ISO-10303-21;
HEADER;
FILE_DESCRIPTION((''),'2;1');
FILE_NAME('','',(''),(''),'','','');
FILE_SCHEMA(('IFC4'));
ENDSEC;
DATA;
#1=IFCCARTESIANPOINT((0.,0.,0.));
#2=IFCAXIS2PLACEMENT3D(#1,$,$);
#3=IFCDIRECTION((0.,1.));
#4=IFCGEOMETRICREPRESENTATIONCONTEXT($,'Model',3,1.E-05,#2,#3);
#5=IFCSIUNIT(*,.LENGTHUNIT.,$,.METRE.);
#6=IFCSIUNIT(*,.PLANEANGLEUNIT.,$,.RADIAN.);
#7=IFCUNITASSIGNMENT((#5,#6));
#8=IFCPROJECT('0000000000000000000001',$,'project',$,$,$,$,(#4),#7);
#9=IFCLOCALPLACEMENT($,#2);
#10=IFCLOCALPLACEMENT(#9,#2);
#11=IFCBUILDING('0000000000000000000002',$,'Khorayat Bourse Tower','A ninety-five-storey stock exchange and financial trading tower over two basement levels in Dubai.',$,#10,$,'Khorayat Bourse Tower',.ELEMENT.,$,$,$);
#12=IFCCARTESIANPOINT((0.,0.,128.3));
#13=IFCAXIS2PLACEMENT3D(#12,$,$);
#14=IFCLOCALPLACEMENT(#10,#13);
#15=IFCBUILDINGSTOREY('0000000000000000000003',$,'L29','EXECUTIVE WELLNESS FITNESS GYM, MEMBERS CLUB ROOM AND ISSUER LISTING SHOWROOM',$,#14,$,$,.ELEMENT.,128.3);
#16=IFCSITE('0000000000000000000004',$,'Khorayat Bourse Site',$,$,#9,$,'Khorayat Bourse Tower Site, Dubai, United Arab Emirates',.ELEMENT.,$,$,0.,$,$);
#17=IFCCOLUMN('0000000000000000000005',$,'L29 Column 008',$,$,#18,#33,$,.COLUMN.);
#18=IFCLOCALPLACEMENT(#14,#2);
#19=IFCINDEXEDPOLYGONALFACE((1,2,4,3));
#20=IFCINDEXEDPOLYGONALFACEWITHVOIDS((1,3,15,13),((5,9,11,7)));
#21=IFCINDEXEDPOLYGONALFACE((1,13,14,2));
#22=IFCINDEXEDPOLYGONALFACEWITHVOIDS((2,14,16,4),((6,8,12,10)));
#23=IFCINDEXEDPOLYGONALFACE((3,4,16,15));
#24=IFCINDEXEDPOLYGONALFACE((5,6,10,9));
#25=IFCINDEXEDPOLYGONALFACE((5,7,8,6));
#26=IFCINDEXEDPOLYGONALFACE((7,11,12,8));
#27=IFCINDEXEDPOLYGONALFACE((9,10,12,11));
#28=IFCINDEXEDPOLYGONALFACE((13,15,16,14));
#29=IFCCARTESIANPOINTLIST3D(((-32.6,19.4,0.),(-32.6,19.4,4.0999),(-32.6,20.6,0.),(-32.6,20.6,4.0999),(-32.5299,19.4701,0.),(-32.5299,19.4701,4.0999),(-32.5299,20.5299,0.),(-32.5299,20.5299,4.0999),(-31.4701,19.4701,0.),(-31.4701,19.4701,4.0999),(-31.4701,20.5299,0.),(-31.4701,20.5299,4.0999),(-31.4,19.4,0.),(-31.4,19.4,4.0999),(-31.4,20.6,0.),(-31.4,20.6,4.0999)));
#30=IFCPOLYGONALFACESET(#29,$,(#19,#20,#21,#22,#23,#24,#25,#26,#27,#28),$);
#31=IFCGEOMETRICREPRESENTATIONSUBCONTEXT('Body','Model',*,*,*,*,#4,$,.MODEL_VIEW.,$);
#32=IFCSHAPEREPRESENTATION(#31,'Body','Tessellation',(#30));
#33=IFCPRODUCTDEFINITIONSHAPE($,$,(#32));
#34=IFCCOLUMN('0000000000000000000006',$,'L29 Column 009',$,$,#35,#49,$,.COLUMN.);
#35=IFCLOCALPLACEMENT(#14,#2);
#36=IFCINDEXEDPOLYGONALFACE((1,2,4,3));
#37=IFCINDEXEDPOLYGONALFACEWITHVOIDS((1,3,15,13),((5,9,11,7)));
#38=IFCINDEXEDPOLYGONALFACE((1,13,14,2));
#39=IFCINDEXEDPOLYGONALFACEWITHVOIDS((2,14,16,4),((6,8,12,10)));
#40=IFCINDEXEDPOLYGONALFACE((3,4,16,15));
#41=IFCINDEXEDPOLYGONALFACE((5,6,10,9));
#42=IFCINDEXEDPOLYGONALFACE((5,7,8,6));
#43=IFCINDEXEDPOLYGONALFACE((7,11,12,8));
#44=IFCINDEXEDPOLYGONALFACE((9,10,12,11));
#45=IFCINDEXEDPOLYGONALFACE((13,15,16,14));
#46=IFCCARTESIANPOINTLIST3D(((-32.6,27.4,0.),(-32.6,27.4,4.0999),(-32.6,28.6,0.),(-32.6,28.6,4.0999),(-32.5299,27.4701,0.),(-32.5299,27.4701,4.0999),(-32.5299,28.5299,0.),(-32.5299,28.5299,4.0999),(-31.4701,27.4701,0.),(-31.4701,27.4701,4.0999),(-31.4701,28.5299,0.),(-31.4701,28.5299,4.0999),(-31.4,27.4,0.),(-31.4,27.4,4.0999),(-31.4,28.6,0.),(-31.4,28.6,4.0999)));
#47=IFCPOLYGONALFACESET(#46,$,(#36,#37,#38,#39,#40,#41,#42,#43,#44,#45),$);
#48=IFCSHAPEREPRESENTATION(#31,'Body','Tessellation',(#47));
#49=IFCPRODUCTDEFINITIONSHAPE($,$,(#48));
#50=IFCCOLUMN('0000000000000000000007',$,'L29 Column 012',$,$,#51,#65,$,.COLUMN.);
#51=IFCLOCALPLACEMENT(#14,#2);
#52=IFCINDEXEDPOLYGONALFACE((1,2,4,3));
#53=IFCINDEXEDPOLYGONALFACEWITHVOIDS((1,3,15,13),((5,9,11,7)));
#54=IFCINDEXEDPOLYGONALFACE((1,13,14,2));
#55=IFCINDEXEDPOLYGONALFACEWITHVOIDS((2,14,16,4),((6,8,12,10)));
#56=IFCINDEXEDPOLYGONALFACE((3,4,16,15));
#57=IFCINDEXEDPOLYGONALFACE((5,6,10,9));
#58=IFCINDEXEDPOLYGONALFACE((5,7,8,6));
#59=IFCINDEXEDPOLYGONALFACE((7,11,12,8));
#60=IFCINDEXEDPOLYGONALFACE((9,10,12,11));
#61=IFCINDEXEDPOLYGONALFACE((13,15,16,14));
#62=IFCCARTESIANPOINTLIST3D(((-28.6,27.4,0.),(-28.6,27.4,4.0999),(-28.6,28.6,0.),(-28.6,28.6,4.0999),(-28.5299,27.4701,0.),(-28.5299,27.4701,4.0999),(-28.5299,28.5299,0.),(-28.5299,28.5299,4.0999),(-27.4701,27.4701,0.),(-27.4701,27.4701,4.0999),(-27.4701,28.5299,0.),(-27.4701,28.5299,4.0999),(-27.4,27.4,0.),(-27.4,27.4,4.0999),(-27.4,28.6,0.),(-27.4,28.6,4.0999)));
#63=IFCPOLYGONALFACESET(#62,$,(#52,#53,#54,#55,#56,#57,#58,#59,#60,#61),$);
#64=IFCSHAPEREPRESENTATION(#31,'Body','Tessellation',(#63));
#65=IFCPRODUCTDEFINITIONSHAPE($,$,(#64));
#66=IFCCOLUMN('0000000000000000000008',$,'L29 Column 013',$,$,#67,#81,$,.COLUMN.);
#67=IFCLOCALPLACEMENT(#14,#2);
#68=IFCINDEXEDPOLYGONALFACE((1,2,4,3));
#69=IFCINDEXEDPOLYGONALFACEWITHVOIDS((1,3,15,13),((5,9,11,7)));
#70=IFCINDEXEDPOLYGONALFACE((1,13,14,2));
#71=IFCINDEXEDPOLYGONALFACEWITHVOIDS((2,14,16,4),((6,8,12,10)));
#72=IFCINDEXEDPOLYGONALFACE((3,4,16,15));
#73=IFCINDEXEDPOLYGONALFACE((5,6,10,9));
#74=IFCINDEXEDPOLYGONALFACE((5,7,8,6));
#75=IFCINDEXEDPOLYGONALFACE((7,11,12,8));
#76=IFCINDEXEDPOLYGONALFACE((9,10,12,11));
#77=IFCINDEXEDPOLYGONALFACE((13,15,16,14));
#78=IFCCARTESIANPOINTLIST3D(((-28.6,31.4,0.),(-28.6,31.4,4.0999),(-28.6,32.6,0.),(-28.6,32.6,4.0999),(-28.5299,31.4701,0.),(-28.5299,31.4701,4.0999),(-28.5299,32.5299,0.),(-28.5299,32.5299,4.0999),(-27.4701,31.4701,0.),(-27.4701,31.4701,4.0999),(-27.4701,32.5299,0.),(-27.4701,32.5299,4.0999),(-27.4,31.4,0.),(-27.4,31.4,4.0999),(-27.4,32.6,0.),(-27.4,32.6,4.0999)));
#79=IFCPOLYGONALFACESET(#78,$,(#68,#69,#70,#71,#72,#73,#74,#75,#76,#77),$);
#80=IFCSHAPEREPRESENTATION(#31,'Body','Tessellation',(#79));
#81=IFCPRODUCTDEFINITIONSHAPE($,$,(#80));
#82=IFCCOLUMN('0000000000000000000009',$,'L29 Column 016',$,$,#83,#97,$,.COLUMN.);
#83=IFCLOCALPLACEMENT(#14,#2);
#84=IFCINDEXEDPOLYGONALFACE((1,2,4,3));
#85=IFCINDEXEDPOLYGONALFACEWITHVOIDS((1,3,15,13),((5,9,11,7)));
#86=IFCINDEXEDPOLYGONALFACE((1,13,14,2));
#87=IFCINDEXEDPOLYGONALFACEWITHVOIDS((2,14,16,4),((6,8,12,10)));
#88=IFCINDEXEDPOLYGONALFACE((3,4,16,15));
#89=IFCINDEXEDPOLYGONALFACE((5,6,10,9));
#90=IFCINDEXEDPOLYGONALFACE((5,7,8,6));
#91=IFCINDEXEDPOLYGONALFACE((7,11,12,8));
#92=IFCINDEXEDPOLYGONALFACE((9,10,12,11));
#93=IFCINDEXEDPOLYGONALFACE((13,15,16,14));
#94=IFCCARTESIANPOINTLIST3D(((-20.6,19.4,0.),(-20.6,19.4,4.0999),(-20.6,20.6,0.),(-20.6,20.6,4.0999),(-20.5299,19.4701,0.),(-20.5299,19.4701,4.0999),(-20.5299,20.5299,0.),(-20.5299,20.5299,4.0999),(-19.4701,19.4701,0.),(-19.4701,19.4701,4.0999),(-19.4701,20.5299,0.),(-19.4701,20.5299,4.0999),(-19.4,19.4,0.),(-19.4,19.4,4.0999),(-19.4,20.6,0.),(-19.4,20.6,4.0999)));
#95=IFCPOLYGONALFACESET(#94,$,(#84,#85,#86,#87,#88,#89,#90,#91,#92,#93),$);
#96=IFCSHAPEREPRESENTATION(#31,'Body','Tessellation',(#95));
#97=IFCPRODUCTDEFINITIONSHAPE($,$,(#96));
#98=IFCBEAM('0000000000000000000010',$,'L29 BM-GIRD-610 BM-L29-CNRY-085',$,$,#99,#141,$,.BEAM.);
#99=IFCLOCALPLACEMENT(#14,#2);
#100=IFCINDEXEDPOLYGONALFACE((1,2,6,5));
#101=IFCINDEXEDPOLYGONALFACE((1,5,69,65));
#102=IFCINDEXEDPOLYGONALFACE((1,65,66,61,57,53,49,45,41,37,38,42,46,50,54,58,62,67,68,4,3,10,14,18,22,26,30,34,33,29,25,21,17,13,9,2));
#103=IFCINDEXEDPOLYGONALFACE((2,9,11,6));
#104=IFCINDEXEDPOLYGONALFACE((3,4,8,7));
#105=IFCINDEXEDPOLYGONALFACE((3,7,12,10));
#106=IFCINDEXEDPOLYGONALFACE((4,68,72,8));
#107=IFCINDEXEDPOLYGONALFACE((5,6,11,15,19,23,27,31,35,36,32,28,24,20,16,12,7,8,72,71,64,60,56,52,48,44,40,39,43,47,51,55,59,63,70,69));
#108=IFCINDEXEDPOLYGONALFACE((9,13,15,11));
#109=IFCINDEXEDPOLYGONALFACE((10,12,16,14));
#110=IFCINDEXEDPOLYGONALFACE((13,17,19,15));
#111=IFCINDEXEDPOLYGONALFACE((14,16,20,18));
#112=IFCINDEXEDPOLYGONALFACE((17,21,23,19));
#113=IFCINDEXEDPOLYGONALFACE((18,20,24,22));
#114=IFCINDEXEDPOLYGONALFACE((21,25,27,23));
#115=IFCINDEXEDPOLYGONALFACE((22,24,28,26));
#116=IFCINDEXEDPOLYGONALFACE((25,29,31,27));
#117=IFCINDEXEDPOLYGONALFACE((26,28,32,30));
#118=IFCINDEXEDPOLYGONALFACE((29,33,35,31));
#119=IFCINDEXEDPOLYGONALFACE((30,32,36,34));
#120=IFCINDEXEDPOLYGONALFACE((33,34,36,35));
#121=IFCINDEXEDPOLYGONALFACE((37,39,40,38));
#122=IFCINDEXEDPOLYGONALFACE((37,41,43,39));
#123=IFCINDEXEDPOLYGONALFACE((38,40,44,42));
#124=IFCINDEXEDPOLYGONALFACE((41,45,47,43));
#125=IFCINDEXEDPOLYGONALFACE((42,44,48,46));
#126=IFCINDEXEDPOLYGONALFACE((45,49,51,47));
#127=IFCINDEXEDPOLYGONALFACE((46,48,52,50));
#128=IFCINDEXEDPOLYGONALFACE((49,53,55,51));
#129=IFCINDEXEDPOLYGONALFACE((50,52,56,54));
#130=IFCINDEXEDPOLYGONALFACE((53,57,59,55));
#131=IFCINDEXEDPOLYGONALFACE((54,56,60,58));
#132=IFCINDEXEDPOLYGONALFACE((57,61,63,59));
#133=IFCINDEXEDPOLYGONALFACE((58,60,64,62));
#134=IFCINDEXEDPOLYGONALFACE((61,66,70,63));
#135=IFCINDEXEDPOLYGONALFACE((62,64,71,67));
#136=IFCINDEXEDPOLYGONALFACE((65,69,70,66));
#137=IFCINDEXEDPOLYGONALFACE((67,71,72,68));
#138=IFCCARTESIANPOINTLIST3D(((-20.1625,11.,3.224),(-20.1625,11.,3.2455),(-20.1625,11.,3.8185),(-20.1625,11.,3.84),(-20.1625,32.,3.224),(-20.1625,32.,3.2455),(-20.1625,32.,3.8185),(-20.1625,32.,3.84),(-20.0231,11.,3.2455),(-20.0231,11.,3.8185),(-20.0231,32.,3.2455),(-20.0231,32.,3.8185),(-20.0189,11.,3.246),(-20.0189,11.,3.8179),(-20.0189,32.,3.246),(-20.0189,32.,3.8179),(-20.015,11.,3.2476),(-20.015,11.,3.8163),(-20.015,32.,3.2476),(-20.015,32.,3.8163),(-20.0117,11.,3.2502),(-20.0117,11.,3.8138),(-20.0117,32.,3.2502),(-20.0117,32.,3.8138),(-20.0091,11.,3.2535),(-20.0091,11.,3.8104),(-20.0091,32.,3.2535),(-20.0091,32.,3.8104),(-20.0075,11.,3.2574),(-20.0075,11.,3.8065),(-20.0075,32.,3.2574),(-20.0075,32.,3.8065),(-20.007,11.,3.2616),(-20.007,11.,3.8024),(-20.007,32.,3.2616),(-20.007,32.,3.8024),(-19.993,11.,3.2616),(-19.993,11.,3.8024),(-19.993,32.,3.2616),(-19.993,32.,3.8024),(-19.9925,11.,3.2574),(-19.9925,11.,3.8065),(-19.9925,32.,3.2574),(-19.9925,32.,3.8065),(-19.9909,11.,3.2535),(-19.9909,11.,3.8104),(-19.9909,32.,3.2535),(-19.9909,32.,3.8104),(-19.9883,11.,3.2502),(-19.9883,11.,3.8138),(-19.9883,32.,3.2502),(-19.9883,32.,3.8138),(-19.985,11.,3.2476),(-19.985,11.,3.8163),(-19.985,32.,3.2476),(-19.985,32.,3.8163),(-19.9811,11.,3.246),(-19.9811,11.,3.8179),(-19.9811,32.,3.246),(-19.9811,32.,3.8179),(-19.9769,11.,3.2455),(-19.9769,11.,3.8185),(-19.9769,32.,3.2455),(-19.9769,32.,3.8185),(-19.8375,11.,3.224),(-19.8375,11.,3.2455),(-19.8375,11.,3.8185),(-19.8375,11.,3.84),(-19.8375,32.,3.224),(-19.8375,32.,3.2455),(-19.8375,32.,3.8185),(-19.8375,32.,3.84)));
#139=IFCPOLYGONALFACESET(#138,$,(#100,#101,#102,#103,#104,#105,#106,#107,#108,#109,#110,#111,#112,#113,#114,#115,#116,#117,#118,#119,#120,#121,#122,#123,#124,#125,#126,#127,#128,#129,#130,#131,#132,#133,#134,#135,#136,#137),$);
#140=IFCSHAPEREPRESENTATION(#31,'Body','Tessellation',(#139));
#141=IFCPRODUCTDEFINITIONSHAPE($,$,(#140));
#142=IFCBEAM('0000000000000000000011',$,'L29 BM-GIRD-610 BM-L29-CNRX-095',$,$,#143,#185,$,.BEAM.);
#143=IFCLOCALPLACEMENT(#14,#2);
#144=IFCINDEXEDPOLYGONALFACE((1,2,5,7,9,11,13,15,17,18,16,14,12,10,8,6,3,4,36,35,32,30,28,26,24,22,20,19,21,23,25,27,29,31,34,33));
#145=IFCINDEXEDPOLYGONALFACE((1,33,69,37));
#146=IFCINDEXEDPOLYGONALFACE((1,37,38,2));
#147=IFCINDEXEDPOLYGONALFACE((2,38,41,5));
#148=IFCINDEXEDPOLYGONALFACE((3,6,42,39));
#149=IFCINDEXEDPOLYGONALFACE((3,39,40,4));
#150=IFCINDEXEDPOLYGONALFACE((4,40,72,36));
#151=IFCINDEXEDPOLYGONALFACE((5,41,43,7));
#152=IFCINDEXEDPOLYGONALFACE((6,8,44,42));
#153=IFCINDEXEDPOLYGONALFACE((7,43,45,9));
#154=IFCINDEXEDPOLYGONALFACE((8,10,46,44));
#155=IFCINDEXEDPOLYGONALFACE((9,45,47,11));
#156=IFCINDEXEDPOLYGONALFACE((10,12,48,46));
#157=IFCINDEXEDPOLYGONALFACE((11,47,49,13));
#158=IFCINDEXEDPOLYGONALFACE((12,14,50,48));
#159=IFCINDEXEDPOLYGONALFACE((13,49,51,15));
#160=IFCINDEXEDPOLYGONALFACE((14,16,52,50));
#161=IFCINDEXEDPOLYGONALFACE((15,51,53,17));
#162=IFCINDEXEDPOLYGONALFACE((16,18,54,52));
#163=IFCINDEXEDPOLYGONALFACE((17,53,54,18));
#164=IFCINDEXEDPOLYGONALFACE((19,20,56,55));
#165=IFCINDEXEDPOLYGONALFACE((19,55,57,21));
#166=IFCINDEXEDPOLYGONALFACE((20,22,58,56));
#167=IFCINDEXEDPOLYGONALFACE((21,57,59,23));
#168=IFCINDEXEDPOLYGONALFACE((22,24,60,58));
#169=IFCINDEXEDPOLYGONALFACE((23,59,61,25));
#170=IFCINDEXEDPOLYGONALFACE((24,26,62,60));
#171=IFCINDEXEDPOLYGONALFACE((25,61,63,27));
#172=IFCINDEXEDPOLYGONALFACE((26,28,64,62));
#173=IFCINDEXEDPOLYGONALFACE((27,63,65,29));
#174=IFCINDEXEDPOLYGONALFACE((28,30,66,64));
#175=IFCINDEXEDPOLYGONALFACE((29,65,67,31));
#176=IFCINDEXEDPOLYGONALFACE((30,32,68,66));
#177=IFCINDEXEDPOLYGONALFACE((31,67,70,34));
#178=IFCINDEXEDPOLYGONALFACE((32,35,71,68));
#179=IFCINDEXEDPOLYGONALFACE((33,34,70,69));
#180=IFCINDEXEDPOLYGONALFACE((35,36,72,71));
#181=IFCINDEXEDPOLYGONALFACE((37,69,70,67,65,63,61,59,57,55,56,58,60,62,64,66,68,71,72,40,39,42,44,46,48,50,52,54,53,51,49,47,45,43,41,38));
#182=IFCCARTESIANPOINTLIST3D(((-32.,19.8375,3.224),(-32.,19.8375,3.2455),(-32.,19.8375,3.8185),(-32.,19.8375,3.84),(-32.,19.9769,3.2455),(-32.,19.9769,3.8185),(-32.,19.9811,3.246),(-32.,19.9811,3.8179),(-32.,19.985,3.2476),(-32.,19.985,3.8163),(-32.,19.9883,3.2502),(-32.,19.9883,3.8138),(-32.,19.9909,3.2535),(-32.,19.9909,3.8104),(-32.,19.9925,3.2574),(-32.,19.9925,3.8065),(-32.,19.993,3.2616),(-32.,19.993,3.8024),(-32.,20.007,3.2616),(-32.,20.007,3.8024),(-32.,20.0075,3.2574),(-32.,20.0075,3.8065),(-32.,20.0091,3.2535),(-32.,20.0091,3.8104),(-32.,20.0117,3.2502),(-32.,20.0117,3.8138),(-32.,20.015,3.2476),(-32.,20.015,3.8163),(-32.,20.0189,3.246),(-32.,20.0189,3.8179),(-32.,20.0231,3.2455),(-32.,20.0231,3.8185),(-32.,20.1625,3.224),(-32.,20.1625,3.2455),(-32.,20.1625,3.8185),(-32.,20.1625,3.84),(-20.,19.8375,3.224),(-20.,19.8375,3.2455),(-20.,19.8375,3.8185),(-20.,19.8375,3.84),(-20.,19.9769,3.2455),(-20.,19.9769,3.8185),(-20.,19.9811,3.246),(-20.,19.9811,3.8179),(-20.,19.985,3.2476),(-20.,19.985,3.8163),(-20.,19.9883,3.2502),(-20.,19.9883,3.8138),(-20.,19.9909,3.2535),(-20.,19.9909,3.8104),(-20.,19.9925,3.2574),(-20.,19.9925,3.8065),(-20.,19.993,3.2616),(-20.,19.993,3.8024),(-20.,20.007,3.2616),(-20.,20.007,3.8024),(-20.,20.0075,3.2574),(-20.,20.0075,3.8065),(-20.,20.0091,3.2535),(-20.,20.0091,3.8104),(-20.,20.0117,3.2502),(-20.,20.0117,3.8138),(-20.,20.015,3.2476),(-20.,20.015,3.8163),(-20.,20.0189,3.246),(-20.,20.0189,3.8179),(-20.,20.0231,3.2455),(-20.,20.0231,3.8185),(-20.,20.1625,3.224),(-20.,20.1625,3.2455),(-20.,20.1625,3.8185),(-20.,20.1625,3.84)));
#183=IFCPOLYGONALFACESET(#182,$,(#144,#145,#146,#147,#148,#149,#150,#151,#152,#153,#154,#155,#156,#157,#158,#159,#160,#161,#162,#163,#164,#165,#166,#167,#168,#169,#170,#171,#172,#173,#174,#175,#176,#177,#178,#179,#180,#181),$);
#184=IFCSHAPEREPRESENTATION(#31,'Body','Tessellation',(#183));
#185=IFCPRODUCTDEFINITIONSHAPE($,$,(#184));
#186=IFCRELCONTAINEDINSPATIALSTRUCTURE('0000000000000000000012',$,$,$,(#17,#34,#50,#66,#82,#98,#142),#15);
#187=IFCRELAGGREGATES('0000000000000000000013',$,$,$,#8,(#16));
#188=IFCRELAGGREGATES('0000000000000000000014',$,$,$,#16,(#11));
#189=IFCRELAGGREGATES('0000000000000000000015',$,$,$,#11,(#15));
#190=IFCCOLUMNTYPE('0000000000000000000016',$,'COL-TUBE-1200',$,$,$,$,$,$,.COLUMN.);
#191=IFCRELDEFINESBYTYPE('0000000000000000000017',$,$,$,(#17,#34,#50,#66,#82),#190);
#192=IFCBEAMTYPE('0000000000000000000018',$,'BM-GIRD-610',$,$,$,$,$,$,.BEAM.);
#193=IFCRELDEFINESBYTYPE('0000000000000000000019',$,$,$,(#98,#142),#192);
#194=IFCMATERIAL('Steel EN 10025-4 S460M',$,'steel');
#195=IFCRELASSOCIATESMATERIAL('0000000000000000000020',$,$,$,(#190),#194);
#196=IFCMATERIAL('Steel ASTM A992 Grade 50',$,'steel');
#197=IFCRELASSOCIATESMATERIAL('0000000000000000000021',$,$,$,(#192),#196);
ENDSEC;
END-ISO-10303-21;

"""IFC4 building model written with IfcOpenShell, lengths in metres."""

from ifc_helpers import new_model, si_unit, direction, frame, origin, origin_2d, place, context, subcontext, project, spatial, hollow_rectangle, i_section, extrude, source, transform, mapped, material, material_profile, profile_set, type_object, element, save


model = new_model("IFC4")

# Units and contexts
model_context = context("Model", 3, precision=1e-05, world=origin(), true_north=direction((0.0, 1.0)))
body_context = subcontext(model_context, "Body", "Model", "MODEL_VIEW")
ifc_project = project(units=[si_unit("LENGTHUNIT", "METRE"), si_unit("PLANEANGLEUNIT", "RADIAN")], contexts=[model_context])

# Site, building, storey
site_placement = place(None, origin())
site = spatial("IfcSite", under=ifc_project, at=site_placement, Name="Khorayat Bourse Site", LongName="Khorayat Bourse Tower Site, Dubai, United Arab Emirates", CompositionType="ELEMENT", RefElevation=0.0)
building_placement = place(site_placement, origin())
building = spatial("IfcBuilding", under=site, at=building_placement, Name="Khorayat Bourse Tower", Description="A ninety-five-storey stock exchange and financial trading tower over two basement levels in Dubai.", LongName="Khorayat Bourse Tower", CompositionType="ELEMENT")
storey_placement = place(building_placement, frame((0.0, 0.0, 128.3)))
storey = spatial("IfcBuildingStorey", under=building, at=storey_placement, Name="L29", Description="EXECUTIVE WELLNESS FITNESS GYM, MEMBERS CLUB ROOM AND ISSUER LISTING SHOWROOM", CompositionType="ELEMENT", Elevation=128.3)

# Columns
ifc_material_1 = material(Name="Steel EN 10025-4 S460M", Category="steel")
ifc_material_profile_1 = material_profile(ifc_material_1, hollow_rectangle(XDim=1.2, YDim=1.2, WallThickness=0.0701, at=origin_2d()), Name="BOX 1200x1200x70")
ifc_profile_set_1 = profile_set([ifc_material_profile_1], Name="Steel EN 10025-4 S460M")
column_type = type_object("IfcColumnType", Name="COL-TUBE-1200", PredefinedType="COLUMN", material=ifc_profile_set_1)
shared_shape_1 = source(origin(), body_context, "Body", "SweptSolid", [
    extrude(hollow_rectangle(XDim=1.2, YDim=1.2, WallThickness=0.0701, at=origin_2d()), origin(), (0.0, 0.0, 1.0), 4.0999),
])
for number, where, z_axis, x_axis, name in (
    (1, (-32.0, 20.0, 0.0), (0.0, 0.0, 1.0), (1.0, 0.0, 0.0), "L29 Column 008"),
    (2, (-32.0, 28.0, 0.0), (0.0, 0.0, 1.0), (1.0, 0.0, 0.0), "L29 Column 009"),
    (3, (-28.0, 28.0, 0.0), (0.0, 0.0, 1.0), (1.0, 0.0, 0.0), "L29 Column 012"),
    (4, (-28.0, 32.0, 0.0), (0.0, 0.0, 1.0), (1.0, 0.0, 0.0), "L29 Column 013"),
    (5, (-20.0, 20.0, 0.0), (0.0, 0.0, 1.0), (1.0, 0.0, 0.0), "L29 Column 016"),
):
    element("IfcColumn", number, at=place(storey_placement, frame(where, z_axis=z_axis, x_axis=x_axis)), inside=storey, type_object=column_type, Name=name, PredefinedType="COLUMN", context=body_context, shape_type="MappedRepresentation", body=[
        mapped(shared_shape_1, transform((0.0, 0.0, 0.0), scale=1.0)),
    ])

# Beams
ifc_material_2 = material(Name="Steel ASTM A992 Grade 50", Category="steel")
ifc_material_profile_2 = material_profile(ifc_material_2, i_section(OverallWidth=0.325, OverallDepth=0.616, WebThickness=0.0139, FlangeThickness=0.0215, FilletRadius=0.0161, at=origin_2d()), Name="W610X174")
ifc_profile_set_2 = profile_set([ifc_material_profile_2], Name="Steel ASTM A992 Grade 50")
beam_type_1 = type_object("IfcBeamType", Name="BM-GIRD-610", PredefinedType="BEAM", material=ifc_profile_set_2)
shared_shape_2 = source(origin(), body_context, "Body", "SweptSolid", [
    extrude(i_section(OverallWidth=0.325, OverallDepth=0.616, WebThickness=0.0139, FlangeThickness=0.0215, FilletRadius=0.0161, at=origin_2d()), origin(), (0.0, 0.0, 1.0), 21.0),
])
beam_1_placement = place(storey_placement, frame((-20.0, 11.0, 3.532), z_axis=(0.0, 1.0, 0.0), x_axis=(-1.0, 0.0, 0.0)))
element("IfcBeam", 6, at=beam_1_placement, inside=storey, type_object=beam_type_1, Name="L29 BM-GIRD-610 BM-L29-CNRY-085", PredefinedType="BEAM", context=body_context, shape_type="MappedRepresentation", body=[
    mapped(shared_shape_2, transform((0.0, 0.0, 0.0), scale=1.0)),
])
shared_shape_3 = source(origin(), body_context, "Body", "SweptSolid", [
    extrude(i_section(OverallWidth=0.325, OverallDepth=0.616, WebThickness=0.0139, FlangeThickness=0.0215, FilletRadius=0.0161, at=origin_2d()), origin(), (0.0, 0.0, 1.0), 12.0),
])
beam_2_placement = place(storey_placement, frame((-32.0, 20.0, 3.532), z_axis=(1.0, 0.0, 0.0), x_axis=(0.0, 1.0, 0.0)))
element("IfcBeam", 7, at=beam_2_placement, inside=storey, type_object=beam_type_1, Name="L29 BM-GIRD-610 BM-L29-CNRX-095", PredefinedType="BEAM", context=body_context, shape_type="MappedRepresentation", body=[
    mapped(shared_shape_3, transform((0.0, 0.0, 0.0), scale=1.0)),
])

save(model, "model.ifc")
